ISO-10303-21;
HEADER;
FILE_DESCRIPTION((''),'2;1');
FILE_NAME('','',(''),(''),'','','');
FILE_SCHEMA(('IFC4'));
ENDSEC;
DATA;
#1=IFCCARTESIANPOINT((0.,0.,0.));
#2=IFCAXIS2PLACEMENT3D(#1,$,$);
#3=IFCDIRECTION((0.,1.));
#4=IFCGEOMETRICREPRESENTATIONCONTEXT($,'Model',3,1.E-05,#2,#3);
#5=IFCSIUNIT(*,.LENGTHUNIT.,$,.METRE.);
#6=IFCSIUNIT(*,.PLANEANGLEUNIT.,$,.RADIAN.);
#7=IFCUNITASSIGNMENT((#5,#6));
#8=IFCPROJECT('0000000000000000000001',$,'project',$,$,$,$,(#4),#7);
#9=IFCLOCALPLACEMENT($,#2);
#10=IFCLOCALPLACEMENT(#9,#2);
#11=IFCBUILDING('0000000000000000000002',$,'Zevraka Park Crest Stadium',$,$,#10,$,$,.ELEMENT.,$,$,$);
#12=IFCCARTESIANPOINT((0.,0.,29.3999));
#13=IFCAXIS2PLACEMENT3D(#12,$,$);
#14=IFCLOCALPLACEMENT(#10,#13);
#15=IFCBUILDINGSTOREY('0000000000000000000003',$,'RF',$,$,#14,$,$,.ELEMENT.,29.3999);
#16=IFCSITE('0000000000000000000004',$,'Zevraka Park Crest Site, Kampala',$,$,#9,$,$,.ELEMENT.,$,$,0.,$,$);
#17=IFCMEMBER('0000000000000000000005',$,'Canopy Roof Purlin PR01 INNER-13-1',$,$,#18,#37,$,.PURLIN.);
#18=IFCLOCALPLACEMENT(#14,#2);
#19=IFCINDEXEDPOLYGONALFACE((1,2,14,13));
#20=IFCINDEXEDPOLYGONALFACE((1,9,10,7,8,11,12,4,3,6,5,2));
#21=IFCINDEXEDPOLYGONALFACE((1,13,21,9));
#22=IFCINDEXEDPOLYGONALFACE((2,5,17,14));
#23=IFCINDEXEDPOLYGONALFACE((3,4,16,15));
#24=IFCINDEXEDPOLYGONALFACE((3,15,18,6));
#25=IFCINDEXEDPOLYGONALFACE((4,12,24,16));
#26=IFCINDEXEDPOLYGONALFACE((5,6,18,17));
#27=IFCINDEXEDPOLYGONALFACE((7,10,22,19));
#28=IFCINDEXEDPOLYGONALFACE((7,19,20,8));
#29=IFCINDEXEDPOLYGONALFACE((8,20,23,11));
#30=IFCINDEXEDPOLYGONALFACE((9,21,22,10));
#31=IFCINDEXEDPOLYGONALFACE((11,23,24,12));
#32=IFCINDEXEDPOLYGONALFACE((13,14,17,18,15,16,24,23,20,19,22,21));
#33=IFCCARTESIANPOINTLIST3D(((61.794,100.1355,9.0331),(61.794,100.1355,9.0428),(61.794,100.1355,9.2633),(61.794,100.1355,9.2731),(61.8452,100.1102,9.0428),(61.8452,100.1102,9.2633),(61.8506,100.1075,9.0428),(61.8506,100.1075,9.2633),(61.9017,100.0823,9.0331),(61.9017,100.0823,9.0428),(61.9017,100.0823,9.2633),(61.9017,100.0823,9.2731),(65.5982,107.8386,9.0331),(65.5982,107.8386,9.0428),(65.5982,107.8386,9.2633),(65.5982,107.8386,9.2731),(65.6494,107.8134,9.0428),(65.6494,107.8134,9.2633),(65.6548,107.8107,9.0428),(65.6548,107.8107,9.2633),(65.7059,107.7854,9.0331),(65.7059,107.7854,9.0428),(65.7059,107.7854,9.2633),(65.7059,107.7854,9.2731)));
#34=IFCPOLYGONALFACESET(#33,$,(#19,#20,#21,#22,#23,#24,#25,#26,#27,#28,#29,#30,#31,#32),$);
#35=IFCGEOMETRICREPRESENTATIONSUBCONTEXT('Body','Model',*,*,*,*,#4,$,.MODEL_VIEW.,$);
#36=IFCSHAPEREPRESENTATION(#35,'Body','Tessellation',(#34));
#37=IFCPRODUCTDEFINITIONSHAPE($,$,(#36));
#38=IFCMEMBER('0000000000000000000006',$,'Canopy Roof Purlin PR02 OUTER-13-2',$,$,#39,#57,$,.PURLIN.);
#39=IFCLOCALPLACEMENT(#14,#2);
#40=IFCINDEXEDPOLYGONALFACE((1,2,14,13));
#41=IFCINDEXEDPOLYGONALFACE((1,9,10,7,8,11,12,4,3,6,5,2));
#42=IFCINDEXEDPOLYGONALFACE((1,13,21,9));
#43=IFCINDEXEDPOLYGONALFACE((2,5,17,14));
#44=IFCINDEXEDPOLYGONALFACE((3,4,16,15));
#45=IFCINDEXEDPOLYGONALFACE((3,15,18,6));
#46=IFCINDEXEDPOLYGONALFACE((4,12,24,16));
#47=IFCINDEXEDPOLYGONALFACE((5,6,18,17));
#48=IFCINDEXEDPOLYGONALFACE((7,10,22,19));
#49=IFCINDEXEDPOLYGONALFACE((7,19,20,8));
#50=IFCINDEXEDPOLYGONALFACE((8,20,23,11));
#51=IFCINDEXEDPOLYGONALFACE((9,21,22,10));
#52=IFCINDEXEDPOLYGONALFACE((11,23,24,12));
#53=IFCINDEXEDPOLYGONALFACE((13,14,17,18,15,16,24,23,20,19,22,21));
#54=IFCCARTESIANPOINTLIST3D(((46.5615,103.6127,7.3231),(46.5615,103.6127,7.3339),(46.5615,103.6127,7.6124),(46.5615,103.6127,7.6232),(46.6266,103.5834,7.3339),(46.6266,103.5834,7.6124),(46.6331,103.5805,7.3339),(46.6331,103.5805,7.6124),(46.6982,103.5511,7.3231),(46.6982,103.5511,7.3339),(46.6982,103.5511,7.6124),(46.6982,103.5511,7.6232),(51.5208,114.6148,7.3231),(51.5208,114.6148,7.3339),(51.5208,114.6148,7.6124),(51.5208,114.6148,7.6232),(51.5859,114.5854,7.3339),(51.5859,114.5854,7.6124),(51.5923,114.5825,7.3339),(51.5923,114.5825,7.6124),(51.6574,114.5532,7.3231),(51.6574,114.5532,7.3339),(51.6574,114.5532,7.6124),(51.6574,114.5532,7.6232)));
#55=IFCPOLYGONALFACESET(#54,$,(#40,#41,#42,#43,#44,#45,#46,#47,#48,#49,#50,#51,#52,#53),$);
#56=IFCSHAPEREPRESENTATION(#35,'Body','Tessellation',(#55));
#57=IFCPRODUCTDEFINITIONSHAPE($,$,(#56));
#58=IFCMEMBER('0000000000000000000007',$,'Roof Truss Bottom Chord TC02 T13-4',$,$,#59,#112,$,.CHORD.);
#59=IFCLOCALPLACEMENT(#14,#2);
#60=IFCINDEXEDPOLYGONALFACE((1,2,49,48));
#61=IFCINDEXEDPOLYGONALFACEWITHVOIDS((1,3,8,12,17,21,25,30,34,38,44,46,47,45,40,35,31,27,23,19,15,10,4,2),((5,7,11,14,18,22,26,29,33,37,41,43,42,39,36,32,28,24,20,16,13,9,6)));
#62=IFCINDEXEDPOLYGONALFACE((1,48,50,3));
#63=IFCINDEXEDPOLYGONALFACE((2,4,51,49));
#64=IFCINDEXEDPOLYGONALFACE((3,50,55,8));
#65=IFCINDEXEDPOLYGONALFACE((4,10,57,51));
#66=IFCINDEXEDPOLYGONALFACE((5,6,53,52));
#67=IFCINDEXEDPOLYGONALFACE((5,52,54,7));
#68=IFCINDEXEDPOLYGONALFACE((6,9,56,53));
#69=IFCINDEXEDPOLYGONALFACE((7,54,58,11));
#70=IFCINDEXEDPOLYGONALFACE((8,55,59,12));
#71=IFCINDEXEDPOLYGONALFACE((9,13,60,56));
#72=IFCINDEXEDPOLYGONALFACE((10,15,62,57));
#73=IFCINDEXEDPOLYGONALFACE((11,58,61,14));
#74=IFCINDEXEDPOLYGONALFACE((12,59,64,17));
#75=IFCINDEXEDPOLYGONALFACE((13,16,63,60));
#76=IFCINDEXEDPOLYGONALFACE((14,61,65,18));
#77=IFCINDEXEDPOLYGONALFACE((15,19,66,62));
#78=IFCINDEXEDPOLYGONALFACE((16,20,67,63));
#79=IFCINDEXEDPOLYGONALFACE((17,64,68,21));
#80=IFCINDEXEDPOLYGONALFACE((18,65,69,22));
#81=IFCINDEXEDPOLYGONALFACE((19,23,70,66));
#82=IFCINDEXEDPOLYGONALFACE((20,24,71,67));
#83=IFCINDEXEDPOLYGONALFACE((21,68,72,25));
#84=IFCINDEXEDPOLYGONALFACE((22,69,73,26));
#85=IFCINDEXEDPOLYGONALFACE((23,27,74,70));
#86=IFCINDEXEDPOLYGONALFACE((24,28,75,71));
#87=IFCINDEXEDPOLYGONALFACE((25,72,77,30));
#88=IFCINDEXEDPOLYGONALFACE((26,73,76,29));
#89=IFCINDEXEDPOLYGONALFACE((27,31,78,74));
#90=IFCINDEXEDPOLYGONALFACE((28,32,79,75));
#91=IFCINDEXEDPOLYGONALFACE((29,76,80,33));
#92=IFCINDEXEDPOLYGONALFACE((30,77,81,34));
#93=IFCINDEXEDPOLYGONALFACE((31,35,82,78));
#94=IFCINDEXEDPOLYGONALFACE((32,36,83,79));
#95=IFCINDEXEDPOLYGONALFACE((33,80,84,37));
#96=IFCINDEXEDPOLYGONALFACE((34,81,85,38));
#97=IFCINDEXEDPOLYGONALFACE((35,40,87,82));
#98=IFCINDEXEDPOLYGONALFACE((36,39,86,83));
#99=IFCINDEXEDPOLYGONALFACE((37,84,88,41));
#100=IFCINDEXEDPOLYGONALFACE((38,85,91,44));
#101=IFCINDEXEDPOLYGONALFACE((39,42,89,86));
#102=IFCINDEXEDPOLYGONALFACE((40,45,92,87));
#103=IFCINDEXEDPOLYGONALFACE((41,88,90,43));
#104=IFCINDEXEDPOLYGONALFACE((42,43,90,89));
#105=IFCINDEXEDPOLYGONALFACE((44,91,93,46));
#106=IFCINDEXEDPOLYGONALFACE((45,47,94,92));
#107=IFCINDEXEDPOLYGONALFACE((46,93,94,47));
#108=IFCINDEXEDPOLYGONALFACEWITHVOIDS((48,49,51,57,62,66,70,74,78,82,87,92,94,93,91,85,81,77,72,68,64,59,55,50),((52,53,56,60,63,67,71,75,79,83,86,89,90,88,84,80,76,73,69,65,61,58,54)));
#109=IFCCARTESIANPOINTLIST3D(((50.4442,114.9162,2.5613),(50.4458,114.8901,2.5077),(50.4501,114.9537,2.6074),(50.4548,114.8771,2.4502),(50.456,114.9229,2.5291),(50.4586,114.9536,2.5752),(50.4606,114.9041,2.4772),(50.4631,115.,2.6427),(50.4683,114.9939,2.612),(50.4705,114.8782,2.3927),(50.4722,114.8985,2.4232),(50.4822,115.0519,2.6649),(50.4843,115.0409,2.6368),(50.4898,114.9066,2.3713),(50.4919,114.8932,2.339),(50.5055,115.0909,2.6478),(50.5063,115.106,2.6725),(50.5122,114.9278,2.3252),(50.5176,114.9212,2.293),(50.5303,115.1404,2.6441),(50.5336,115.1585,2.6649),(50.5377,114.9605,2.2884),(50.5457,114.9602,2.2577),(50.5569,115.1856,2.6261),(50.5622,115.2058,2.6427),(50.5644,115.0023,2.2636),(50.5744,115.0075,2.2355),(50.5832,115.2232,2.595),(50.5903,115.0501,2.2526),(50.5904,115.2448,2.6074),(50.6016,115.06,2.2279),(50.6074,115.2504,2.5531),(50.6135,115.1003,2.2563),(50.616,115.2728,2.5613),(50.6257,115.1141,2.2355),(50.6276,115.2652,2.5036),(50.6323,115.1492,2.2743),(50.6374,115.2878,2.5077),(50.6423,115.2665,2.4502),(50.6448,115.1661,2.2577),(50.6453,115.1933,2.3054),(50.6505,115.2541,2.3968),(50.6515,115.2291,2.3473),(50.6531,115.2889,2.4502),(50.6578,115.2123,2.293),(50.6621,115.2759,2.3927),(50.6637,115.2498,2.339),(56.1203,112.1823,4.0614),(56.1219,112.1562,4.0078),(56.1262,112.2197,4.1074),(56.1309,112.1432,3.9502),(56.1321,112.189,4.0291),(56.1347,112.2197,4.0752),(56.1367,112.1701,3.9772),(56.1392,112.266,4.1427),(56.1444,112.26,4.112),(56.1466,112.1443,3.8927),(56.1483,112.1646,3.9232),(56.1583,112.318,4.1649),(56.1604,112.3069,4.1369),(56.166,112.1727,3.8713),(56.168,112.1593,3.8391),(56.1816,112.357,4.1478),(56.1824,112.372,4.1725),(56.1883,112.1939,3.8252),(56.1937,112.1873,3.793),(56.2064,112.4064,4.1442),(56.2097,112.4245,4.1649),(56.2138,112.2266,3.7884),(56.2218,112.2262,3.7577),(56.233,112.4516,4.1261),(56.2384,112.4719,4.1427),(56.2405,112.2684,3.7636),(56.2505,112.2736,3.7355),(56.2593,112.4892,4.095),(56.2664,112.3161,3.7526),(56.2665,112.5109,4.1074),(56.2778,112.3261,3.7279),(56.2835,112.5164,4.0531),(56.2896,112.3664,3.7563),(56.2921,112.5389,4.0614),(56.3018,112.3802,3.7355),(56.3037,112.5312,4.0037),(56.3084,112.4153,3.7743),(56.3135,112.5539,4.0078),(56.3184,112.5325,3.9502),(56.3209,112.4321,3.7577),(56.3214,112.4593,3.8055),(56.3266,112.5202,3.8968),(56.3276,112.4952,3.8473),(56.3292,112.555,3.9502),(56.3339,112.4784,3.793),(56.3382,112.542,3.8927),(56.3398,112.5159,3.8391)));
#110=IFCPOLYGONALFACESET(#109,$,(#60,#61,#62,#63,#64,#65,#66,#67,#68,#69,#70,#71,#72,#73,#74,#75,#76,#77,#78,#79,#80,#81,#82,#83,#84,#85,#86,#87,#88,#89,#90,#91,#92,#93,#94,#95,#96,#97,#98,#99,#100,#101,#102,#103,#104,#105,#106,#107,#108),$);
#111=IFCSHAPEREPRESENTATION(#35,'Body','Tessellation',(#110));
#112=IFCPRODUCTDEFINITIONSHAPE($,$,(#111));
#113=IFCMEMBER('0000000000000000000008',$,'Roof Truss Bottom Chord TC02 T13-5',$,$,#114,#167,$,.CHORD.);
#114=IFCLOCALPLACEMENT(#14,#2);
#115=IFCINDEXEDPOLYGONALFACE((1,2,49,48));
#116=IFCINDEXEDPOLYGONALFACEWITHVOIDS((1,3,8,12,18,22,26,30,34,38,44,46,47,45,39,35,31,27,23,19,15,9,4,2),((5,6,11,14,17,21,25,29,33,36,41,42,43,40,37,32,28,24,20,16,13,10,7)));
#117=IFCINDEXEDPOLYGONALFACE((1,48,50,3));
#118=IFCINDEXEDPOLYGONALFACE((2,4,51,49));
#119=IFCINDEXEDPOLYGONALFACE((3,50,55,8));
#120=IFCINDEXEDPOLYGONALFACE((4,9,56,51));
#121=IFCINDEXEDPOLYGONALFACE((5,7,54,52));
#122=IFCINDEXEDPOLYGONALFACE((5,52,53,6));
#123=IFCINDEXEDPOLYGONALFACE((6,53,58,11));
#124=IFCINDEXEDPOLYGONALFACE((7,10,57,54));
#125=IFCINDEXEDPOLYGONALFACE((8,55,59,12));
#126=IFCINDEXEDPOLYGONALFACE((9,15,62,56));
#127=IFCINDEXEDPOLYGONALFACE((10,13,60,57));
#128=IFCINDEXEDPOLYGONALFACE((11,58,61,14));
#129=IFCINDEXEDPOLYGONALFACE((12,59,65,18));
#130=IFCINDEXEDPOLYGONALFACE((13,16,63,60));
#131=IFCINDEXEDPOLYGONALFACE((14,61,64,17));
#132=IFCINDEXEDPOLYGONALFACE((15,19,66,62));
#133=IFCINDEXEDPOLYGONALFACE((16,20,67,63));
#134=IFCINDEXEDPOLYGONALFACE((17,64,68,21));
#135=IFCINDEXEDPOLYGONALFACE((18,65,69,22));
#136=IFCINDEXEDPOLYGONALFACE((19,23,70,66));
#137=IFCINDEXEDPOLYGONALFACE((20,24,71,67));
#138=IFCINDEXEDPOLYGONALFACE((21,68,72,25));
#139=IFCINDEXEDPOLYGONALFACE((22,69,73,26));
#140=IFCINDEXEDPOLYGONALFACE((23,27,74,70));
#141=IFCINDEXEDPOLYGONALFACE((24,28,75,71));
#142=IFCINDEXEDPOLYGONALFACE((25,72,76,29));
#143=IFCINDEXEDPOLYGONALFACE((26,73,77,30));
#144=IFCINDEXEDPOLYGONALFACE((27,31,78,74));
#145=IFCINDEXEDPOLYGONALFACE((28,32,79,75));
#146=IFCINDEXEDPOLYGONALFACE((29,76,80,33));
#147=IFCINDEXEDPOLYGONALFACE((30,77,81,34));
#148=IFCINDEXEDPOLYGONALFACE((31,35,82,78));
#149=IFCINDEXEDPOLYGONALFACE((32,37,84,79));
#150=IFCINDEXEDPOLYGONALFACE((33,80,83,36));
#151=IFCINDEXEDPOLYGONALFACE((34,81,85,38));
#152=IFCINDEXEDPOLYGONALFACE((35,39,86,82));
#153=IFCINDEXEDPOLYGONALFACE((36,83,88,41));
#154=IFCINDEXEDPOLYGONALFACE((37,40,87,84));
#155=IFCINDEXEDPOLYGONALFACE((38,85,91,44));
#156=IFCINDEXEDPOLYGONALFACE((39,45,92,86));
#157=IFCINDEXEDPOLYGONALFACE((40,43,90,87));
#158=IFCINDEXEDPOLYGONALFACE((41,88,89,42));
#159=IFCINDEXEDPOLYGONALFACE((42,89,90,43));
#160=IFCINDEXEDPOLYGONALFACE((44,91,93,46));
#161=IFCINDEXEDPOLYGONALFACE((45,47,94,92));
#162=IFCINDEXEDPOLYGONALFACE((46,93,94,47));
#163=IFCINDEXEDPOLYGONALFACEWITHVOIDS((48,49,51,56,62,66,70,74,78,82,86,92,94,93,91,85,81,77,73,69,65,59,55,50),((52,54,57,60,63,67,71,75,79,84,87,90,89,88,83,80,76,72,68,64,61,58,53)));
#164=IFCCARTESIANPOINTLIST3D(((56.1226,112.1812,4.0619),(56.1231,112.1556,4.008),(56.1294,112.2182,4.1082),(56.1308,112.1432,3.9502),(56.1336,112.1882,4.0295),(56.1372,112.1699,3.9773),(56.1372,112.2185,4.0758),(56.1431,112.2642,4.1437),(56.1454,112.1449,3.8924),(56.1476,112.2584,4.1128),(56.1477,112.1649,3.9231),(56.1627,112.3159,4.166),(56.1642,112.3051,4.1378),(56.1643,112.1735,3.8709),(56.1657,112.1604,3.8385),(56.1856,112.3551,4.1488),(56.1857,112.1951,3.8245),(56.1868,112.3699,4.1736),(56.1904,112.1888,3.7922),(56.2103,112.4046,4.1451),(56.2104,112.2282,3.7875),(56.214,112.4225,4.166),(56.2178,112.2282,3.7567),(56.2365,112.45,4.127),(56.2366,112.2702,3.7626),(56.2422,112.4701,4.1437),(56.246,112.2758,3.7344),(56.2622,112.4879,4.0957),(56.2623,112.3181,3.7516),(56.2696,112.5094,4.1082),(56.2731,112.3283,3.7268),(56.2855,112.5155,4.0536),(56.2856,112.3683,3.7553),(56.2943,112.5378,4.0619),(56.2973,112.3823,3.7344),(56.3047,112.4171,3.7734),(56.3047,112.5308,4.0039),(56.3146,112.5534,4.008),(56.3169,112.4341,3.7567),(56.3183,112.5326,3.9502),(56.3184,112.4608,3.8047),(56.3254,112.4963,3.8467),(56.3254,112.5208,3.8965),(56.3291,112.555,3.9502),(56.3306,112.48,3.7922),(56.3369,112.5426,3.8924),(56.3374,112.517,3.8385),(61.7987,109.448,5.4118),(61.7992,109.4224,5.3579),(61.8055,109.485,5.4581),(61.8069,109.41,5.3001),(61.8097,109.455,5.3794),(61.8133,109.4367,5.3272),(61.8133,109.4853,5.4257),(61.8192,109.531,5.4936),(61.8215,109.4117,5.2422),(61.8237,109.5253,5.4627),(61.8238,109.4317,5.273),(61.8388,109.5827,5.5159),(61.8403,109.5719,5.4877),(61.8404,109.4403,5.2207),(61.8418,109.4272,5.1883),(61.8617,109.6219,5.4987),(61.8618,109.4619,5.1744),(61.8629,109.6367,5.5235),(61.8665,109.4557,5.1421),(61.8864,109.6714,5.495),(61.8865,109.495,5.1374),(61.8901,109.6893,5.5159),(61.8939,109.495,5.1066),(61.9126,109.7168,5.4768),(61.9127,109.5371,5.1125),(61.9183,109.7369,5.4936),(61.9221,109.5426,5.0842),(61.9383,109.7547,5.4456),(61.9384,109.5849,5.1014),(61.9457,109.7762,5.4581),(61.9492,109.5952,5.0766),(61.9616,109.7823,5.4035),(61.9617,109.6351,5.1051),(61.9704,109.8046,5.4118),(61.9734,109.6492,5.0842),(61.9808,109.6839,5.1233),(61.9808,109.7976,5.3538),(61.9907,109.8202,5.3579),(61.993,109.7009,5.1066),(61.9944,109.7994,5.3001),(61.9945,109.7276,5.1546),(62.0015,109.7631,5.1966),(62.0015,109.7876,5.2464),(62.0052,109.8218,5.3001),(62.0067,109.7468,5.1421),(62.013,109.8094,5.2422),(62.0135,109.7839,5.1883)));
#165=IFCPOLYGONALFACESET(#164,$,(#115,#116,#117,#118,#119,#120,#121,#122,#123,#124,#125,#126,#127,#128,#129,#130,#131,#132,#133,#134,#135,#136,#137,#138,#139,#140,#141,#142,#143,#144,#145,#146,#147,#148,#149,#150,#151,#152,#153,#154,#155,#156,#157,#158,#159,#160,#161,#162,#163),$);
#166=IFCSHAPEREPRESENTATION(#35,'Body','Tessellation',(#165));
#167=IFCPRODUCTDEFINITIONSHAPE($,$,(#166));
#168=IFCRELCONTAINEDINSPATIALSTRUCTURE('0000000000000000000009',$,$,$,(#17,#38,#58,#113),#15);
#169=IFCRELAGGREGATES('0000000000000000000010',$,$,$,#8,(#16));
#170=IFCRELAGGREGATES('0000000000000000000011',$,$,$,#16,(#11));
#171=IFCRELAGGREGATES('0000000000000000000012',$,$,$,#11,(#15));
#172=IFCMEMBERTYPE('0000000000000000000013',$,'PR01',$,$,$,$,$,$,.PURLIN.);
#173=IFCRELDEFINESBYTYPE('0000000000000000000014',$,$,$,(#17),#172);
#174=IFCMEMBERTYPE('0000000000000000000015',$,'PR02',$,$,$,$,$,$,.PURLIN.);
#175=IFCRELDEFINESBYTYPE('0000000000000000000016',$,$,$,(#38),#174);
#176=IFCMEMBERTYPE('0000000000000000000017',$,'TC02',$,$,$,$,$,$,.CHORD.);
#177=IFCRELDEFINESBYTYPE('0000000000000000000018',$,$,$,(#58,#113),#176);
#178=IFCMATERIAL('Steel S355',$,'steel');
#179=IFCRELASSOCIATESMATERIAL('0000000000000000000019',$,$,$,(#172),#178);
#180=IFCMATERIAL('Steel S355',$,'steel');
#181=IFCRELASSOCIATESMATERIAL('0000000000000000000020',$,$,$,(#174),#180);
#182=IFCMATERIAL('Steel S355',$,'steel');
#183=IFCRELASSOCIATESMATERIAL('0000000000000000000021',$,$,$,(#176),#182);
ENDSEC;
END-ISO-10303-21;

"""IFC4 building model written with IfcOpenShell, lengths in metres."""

from ifc_helpers import new_model, si_unit, direction, frame, origin, origin_2d, place, context, subcontext, project, spatial, hollow_circle, i_section, extrude, material, material_profile, profile_set, type_object, element, save


model = new_model("IFC4")

# Units and contexts
model_context = context("Model", 3, precision=1e-05, world=origin(), true_north=direction((0.0, 1.0)))
body_context = subcontext(model_context, "Body", "Model", "MODEL_VIEW")
ifc_project = project(units=[si_unit("LENGTHUNIT", "METRE"), si_unit("PLANEANGLEUNIT", "RADIAN")], contexts=[model_context])

# Site, building, storey
site_placement = place(None, origin())
site = spatial("IfcSite", under=ifc_project, at=site_placement, Name="Zevraka Park Crest Site, Kampala", CompositionType="ELEMENT", RefElevation=0.0)
building_placement = place(site_placement, origin())
building = spatial("IfcBuilding", under=site, at=building_placement, Name="Zevraka Park Crest Stadium", CompositionType="ELEMENT")
storey_placement = place(building_placement, frame((0.0, 0.0, 29.3999)))
storey = spatial("IfcBuildingStorey", under=building, at=storey_placement, Name="RF", CompositionType="ELEMENT", Elevation=29.3999)

# Members
ifc_material_1 = material(Name="Steel S355", Category="steel")
ifc_material_profile_1 = material_profile(ifc_material_1, i_section(OverallWidth=0.1201, OverallDepth=0.24, WebThickness=0.0061, FlangeThickness=0.0098, at=origin_2d()), Name="IPE 240")
ifc_profile_set_1 = profile_set([ifc_material_profile_1], Name="Steel S355")
member_type_1 = type_object("IfcMemberType", Name="PR01", PredefinedType="PURLIN", material=ifc_profile_set_1)
member_1_placement = place(storey_placement, frame((65.6521, 107.812, 9.1531), z_axis=(-0.442798, -0.896621, 0.0), x_axis=(0.896621, -0.442798, 0.0)))
element("IfcMember", 1, at=member_1_placement, inside=storey, type_object=member_type_1, Name="Canopy Roof Purlin PR01 INNER-13-1", PredefinedType="PURLIN", context=body_context, shape_type="SweptSolid", body=[
    extrude(i_section(OverallWidth=0.1201, OverallDepth=0.24, WebThickness=0.0061, FlangeThickness=0.0098, at=origin_2d()), origin(), (0.0, 0.0, 1.0), 8.5913),
])
ifc_material_2 = material(Name="Steel S355", Category="steel")
ifc_material_profile_2 = material_profile(ifc_material_2, i_section(OverallWidth=0.1499, OverallDepth=0.3, WebThickness=0.0071, FlangeThickness=0.0107, at=origin_2d()), Name="IPE 300")
ifc_profile_set_2 = profile_set([ifc_material_profile_2], Name="Steel S355")
member_type_2 = type_object("IfcMemberType", Name="PR02", PredefinedType="PURLIN", material=ifc_profile_set_2)
member_2_placement = place(storey_placement, frame((51.5891, 114.584, 7.4731), z_axis=(-0.41094, -0.911662, 0.0), x_axis=(0.911662, -0.41094, 0.0)))
element("IfcMember", 2, at=member_2_placement, inside=storey, type_object=member_type_2, Name="Canopy Roof Purlin PR02 OUTER-13-2", PredefinedType="PURLIN", context=body_context, shape_type="SweptSolid", body=[
    extrude(i_section(OverallWidth=0.1499, OverallDepth=0.3, WebThickness=0.0071, FlangeThickness=0.0107, at=origin_2d()), origin(), (0.0, 0.0, 1.0), 12.0681),
])
ifc_material_3 = material(Name="Steel S355", Category="steel")
ifc_material_profile_3 = material_profile(ifc_material_3, hollow_circle(Radius=0.2285, WallThickness=0.0249, at=origin_2d()), Name="CHS 457.0x25")
ifc_profile_set_3 = profile_set([ifc_material_profile_3], Name="Steel S355")
member_type_3 = type_object("IfcMemberType", Name="TC02", PredefinedType="CHORD", material=ifc_profile_set_3)
member_3_placement = place(storey_placement, frame((50.554, 115.083, 2.4502), z_axis=(0.876441, -0.422142, 0.231617), x_axis=(0.433943, 0.900941, 0.0)))
element("IfcMember", 3, at=member_3_placement, inside=storey, type_object=member_type_3, Name="Roof Truss Bottom Chord TC02 T13-4", PredefinedType="CHORD", context=body_context, shape_type="SweptSolid", body=[
    extrude(hollow_circle(Radius=0.2285, WallThickness=0.0249, at=origin_2d()), origin(), (0.0, 0.0, 1.0), 6.4763),
])
member_4_placement = place(storey_placement, frame((56.23, 112.3491, 3.9502), z_axis=(0.880989, -0.424219, 0.209514), x_axis=(0.433848, 0.900986, 0.0)))
element("IfcMember", 4, at=member_4_placement, inside=storey, type_object=member_type_3, Name="Roof Truss Bottom Chord TC02 T13-5", PredefinedType="CHORD", context=body_context, shape_type="SweptSolid", body=[
    extrude(hollow_circle(Radius=0.2285, WallThickness=0.0249, at=origin_2d()), origin(), (0.0, 0.0, 1.0), 6.4429),
])

save(model, "model.ifc")
